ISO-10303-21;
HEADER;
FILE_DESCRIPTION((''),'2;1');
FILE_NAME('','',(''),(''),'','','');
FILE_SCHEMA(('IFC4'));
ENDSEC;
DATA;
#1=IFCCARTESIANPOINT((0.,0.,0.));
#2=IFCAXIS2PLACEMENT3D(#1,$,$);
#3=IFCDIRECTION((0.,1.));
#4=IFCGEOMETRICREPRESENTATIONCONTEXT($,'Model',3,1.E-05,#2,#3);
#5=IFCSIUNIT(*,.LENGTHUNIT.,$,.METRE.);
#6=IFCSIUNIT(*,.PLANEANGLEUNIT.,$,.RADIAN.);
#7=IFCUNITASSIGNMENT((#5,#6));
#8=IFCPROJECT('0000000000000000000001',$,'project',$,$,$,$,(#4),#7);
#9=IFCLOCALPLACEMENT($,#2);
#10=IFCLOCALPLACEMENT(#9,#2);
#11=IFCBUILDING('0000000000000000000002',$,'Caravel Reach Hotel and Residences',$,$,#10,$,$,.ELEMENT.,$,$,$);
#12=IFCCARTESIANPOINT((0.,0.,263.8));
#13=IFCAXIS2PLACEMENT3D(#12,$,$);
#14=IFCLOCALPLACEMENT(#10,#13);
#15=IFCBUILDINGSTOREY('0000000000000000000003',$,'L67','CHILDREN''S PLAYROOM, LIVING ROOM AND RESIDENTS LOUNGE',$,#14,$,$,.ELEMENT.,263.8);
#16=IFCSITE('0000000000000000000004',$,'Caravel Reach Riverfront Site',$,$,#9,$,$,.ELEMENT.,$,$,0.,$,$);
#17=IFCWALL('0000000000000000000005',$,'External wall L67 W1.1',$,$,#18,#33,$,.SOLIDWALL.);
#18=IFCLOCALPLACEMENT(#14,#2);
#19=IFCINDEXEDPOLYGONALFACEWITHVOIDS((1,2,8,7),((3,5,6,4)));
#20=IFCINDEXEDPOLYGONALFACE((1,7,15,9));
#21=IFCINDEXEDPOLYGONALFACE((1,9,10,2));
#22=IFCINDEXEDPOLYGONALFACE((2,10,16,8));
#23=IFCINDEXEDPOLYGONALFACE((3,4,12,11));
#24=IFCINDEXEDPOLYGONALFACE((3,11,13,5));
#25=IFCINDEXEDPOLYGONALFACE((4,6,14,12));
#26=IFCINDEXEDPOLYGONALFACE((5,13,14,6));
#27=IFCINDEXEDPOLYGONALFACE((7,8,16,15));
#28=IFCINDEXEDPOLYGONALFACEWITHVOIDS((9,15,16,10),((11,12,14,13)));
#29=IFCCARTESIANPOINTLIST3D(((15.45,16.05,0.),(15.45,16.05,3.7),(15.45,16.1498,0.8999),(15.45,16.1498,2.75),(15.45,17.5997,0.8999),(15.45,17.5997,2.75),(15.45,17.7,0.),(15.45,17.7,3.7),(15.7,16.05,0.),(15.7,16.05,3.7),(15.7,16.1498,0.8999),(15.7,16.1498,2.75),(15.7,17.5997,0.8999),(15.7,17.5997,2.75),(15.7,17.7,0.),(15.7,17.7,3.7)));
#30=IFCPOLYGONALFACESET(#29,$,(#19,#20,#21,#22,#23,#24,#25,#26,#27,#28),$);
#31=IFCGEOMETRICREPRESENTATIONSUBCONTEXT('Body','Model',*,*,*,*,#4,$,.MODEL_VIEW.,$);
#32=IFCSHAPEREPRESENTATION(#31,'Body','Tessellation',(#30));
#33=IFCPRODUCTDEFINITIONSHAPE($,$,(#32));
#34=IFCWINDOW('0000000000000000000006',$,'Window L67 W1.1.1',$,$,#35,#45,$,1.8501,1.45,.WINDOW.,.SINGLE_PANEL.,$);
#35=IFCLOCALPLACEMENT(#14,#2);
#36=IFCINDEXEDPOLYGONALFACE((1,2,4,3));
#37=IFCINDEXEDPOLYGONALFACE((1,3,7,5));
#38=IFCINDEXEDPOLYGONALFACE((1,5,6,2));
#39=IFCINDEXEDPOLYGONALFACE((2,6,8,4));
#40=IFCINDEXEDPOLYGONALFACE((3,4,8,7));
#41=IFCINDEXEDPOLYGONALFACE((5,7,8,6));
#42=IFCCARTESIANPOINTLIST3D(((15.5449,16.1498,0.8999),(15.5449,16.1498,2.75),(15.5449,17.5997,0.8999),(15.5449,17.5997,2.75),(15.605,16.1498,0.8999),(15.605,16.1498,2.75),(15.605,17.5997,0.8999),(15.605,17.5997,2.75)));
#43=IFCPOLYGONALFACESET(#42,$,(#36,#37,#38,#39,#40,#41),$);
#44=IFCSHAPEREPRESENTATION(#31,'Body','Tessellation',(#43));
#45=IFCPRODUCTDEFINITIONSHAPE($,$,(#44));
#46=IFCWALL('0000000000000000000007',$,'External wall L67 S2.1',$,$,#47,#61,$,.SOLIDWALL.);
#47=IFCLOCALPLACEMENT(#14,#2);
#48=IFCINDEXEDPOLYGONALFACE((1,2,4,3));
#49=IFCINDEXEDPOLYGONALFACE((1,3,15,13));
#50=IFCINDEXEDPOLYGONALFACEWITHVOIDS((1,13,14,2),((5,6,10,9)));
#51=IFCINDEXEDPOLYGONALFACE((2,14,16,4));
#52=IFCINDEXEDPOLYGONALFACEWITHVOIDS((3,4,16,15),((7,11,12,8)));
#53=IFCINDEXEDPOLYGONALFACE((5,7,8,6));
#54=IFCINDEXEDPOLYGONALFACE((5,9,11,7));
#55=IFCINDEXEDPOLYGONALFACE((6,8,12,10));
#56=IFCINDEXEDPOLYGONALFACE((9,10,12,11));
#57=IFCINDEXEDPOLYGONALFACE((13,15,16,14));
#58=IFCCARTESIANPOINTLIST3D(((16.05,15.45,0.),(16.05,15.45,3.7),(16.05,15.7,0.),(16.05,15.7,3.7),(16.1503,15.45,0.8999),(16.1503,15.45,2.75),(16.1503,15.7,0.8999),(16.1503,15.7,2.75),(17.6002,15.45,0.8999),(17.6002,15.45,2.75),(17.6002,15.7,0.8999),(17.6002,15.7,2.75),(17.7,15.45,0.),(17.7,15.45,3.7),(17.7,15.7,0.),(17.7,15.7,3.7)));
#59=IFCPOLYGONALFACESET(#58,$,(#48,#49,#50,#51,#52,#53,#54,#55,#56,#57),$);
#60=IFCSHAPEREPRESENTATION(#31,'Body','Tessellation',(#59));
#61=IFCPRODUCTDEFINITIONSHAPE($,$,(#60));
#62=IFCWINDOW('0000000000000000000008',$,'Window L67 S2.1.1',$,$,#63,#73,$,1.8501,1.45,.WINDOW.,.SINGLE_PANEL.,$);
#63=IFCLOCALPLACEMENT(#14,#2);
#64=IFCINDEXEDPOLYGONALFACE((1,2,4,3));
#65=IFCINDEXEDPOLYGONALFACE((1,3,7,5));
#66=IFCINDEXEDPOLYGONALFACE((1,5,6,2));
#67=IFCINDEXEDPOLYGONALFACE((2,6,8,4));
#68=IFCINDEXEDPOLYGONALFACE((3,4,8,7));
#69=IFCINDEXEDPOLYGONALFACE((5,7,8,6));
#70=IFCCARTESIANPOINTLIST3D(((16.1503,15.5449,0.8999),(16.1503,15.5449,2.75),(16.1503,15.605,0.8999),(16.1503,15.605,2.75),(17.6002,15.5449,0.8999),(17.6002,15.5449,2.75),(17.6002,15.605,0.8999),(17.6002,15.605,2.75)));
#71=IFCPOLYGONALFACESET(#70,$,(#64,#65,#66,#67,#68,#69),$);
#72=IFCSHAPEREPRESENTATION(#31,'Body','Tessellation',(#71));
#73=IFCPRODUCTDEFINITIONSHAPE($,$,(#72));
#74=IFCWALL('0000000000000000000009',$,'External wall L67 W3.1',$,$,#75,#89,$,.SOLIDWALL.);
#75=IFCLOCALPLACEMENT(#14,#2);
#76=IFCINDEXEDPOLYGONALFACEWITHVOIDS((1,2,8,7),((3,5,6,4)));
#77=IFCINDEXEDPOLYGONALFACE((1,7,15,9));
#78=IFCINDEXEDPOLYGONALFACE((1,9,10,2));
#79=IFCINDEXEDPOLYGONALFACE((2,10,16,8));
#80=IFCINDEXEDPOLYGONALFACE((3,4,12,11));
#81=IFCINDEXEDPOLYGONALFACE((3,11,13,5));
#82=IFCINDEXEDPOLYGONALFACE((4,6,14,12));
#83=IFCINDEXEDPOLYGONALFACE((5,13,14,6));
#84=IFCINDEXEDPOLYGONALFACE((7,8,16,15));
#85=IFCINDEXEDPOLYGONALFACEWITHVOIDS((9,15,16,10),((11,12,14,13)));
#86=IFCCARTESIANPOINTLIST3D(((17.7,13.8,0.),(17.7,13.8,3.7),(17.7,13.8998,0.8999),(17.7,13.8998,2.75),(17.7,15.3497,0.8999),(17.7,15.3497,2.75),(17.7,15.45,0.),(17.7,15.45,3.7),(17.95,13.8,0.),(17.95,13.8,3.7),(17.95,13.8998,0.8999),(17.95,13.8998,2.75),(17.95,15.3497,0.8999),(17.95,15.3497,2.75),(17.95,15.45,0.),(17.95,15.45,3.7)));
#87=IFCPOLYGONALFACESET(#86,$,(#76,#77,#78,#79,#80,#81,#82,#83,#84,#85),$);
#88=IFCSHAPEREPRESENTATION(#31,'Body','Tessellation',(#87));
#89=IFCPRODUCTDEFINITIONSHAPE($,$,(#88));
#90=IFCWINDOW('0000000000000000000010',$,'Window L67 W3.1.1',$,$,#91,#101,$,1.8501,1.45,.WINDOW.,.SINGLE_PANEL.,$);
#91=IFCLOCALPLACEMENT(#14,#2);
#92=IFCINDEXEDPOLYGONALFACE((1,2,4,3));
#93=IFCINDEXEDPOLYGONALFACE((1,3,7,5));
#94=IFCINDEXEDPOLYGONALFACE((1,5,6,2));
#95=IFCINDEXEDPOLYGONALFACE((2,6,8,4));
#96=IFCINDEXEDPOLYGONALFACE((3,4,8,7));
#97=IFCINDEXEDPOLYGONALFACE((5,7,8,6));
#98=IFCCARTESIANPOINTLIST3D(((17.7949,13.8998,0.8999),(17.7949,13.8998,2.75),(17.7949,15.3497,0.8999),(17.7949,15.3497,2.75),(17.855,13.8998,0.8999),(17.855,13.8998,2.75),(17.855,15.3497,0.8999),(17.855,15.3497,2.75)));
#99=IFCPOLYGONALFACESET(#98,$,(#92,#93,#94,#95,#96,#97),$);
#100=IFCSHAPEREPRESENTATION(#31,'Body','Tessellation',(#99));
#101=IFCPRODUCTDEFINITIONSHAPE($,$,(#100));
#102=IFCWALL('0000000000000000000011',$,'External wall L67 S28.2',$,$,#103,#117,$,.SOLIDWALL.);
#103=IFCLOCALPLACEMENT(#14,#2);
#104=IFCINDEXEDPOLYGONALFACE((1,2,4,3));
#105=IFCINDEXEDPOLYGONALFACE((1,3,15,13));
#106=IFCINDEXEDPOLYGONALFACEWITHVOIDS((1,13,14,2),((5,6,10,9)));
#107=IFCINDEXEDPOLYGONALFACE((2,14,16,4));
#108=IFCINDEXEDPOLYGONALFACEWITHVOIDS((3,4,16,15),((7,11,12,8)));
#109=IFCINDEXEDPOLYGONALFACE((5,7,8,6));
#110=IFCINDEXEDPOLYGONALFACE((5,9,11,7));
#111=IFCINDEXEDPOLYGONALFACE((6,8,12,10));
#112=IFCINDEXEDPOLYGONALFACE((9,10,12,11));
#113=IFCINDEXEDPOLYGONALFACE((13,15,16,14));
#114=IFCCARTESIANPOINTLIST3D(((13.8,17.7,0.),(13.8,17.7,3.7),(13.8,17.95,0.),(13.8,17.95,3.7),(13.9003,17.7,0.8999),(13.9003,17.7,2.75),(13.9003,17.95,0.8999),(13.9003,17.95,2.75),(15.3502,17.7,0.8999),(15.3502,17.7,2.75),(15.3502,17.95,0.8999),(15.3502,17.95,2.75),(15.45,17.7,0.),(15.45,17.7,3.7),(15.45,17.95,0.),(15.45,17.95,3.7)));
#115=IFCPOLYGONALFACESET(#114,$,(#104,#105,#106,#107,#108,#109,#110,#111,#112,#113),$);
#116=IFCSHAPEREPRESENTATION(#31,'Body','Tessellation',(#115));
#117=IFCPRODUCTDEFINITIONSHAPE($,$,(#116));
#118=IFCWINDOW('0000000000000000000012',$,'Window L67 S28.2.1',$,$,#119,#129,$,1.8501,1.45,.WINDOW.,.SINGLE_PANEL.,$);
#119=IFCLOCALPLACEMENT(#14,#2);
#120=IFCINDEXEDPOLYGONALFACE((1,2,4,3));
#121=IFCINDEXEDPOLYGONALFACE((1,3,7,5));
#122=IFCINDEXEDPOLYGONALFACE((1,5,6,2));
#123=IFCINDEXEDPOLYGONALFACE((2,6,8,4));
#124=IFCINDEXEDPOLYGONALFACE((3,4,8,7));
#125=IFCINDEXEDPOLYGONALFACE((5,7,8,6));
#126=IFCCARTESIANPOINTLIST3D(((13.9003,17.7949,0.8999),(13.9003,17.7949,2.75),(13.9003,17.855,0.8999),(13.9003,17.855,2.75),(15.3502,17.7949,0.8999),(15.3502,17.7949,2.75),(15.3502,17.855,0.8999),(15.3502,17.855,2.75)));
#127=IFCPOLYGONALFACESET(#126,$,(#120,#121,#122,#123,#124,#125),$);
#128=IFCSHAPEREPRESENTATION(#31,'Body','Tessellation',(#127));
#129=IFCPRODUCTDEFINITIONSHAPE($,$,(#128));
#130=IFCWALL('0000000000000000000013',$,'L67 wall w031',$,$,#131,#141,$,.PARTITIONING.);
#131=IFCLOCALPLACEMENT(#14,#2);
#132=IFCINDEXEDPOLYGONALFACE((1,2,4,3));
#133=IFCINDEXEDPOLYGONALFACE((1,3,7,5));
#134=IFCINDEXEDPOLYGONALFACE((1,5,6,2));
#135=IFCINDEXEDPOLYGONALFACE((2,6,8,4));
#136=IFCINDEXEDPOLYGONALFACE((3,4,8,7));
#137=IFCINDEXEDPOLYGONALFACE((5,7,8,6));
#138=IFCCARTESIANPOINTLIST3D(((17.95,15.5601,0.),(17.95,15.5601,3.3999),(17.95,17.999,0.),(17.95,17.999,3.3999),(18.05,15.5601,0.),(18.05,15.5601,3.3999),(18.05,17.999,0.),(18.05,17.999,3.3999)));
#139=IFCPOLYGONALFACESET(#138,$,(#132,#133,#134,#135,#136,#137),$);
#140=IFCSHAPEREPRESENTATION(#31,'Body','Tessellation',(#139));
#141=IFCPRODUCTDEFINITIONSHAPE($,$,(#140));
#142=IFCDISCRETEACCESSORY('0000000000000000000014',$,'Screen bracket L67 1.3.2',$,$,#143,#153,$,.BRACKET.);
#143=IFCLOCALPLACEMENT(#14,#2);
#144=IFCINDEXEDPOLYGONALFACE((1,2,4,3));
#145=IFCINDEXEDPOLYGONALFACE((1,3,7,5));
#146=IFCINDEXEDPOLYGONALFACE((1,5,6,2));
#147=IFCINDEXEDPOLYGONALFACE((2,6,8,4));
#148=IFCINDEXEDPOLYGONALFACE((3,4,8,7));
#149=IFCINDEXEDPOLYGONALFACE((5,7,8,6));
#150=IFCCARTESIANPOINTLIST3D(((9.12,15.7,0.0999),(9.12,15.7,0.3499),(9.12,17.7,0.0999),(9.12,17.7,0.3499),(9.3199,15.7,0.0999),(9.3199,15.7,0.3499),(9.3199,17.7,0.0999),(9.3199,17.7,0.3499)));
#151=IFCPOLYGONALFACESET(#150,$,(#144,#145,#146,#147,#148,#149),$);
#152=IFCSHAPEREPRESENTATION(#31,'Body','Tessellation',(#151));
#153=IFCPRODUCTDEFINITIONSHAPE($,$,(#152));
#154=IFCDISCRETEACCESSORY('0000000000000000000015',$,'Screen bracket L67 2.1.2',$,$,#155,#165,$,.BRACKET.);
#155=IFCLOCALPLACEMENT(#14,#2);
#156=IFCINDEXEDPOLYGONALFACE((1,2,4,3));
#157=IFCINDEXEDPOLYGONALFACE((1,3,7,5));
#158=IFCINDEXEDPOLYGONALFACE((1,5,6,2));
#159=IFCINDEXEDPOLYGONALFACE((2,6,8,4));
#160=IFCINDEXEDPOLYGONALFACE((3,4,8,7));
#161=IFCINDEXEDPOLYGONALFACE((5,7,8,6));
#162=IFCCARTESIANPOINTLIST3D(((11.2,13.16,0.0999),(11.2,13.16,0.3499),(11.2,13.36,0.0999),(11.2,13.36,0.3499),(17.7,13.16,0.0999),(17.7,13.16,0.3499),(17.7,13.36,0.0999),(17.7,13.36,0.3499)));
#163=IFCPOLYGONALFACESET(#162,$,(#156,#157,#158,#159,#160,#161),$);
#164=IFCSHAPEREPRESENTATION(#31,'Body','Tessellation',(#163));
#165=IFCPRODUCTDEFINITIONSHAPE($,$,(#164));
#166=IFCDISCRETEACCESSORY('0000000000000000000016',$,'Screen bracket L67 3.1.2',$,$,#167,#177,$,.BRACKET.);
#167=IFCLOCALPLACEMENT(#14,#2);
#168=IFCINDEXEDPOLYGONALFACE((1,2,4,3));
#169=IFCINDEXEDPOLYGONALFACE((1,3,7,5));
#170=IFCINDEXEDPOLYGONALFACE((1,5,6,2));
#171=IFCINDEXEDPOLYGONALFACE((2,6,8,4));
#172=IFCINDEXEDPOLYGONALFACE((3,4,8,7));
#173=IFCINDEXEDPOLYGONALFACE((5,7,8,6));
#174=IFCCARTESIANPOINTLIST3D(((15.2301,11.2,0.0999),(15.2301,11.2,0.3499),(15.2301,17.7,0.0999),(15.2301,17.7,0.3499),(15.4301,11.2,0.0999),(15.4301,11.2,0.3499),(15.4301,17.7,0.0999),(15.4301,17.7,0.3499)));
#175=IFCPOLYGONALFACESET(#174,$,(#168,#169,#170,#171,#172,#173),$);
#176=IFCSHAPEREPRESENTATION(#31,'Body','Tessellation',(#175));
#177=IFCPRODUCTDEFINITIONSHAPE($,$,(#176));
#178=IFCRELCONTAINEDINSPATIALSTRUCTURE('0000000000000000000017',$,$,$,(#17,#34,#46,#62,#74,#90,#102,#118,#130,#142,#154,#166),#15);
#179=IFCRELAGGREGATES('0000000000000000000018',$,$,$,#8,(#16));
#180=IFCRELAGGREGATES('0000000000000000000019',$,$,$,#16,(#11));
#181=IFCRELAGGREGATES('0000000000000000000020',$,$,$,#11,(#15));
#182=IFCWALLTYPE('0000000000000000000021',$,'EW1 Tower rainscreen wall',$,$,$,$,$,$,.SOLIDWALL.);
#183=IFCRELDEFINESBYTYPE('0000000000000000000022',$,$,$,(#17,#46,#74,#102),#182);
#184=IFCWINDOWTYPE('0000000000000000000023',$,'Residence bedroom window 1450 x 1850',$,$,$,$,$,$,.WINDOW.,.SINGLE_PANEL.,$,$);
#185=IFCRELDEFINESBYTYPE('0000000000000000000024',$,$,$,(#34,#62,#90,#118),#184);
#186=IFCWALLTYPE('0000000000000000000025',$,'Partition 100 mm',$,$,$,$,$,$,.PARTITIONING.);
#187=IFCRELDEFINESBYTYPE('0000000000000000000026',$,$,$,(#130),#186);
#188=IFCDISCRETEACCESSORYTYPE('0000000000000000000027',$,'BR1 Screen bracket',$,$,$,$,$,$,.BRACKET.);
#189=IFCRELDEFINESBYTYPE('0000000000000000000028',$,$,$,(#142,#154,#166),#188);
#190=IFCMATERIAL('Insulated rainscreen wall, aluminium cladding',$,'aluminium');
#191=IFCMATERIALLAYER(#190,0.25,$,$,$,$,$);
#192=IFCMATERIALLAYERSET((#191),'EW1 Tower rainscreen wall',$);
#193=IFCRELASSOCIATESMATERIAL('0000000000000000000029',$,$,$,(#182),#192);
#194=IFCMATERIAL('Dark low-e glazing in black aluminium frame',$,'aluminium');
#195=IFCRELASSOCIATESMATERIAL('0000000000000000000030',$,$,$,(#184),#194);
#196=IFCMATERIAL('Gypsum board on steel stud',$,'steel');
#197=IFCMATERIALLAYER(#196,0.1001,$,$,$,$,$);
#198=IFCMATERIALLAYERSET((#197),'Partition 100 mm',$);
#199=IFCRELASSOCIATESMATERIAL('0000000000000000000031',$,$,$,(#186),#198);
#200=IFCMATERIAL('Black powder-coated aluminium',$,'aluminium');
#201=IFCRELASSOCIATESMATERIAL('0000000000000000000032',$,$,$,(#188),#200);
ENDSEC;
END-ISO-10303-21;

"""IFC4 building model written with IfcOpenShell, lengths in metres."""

from ifc_helpers import new_model, si_unit, direction, frame, frame_2d, origin, origin_2d, place, context, subcontext, project, spatial, rectangle, extrude, material, layer, layer_set, type_object, element, fill, save


model = new_model("IFC4")

# Units and contexts
model_context = context("Model", 3, precision=1e-05, world=origin(), true_north=direction((0.0, 1.0)))
body_context = subcontext(model_context, "Body", "Model", "MODEL_VIEW")
ifc_project = project(units=[si_unit("LENGTHUNIT", "METRE"), si_unit("PLANEANGLEUNIT", "RADIAN")], contexts=[model_context])

# Site, building, storey
site_placement = place(None, origin())
site = spatial("IfcSite", under=ifc_project, at=site_placement, Name="Caravel Reach Riverfront Site", CompositionType="ELEMENT", RefElevation=0.0)
building_placement = place(site_placement, origin())
building = spatial("IfcBuilding", under=site, at=building_placement, Name="Caravel Reach Hotel and Residences", CompositionType="ELEMENT")
storey_placement = place(building_placement, frame((0.0, 0.0, 263.8)))
storey = spatial("IfcBuildingStorey", under=building, at=storey_placement, Name="L67", Description="CHILDREN'S PLAYROOM, LIVING ROOM AND RESIDENTS LOUNGE", CompositionType="ELEMENT", Elevation=263.8)

# Walls, openings, windows
ifc_material_1 = material(Name="Insulated rainscreen wall, aluminium cladding", Category="aluminium")
ifc_layer_1 = layer(ifc_material_1, 0.25)
ifc_layer_set_1 = layer_set([ifc_layer_1], Name="EW1 Tower rainscreen wall")
wall_type_1 = type_object("IfcWallType", Name="EW1 Tower rainscreen wall", PredefinedType="SOLIDWALL", material=ifc_layer_set_1)
wall_1_placement = place(storey_placement, frame((15.575, 17.7, 0.0), z_axis=(0.0, 0.0, 1.0), x_axis=(0.0, -1.0, 0.0)))
wall_1 = element("IfcWall", 1, at=wall_1_placement, inside=storey, type_object=wall_type_1, Name="External wall L67 W1.1", PredefinedType="SOLIDWALL", context=body_context, shape_type="SweptSolid", body=[
    extrude(rectangle(XDim=1.6499, YDim=0.25, at=frame_2d((0.825, 0.0))), origin(), (0.0, 0.0, 1.0), 3.7),
])
opening_1_placement = place(wall_1_placement, frame((0.1001, 0.0, 0.8999)))
opening_1 = element("IfcOpeningElement", 2, at=opening_1_placement, cuts=wall_1, PredefinedType="OPENING", context=body_context, shape_type="SweptSolid", body=[
    extrude(rectangle(XDim=1.45, YDim=1.8501, at=frame_2d((0.7251, 0.925))), frame((0.0, 0.135, 0.0), z_axis=(0.0, -1.0, 0.0), x_axis=(1.0, 0.0, 0.0)), (0.0, 0.0, 1.0), 0.27),
])
ifc_material_2 = material(Name="Dark low-e glazing in black aluminium frame", Category="aluminium")
window_type = type_object("IfcWindowType", Name="Residence bedroom window 1450 x 1850", PartitioningType="SINGLE_PANEL", PredefinedType="WINDOW", material=ifc_material_2)
window_1_placement = place(opening_1_placement, origin())
window_1 = element("IfcWindow", 3, at=window_1_placement, inside=storey, type_object=window_type, Name="Window L67 W1.1.1", OverallHeight=1.8501, OverallWidth=1.45, PartitioningType="SINGLE_PANEL", PredefinedType="WINDOW", context=body_context, shape_type="SweptSolid", body=[
    extrude(rectangle(XDim=1.45, YDim=1.8501, at=frame_2d((0.7251, 0.925))), frame((0.0, 0.03, 0.0), z_axis=(0.0, -1.0, 0.0), x_axis=(1.0, 0.0, 0.0)), (0.0, 0.0, 1.0), 0.0601),
])
fill(opening_1, window_1)
wall_2_placement = place(storey_placement, frame((16.05, 15.575, 0.0), z_axis=(0.0, 0.0, 1.0), x_axis=(1.0, 0.0, 0.0)))
wall_2 = element("IfcWall", 4, at=wall_2_placement, inside=storey, type_object=wall_type_1, Name="External wall L67 S2.1", PredefinedType="SOLIDWALL", context=body_context, shape_type="SweptSolid", body=[
    extrude(rectangle(XDim=1.6499, YDim=0.25, at=frame_2d((0.825, 0.0))), origin(), (0.0, 0.0, 1.0), 3.7),
])
opening_2_placement = place(wall_2_placement, frame((0.1001, 0.0, 0.8999)))
opening_2 = element("IfcOpeningElement", 5, at=opening_2_placement, cuts=wall_2, PredefinedType="OPENING", context=body_context, shape_type="SweptSolid", body=[
    extrude(rectangle(XDim=1.45, YDim=1.8501, at=frame_2d((0.7251, 0.925))), frame((0.0, 0.135, 0.0), z_axis=(0.0, -1.0, 0.0), x_axis=(1.0, 0.0, 0.0)), (0.0, 0.0, 1.0), 0.27),
])
window_2_placement = place(opening_2_placement, origin())
window_2 = element("IfcWindow", 6, at=window_2_placement, inside=storey, type_object=window_type, Name="Window L67 S2.1.1", OverallHeight=1.8501, OverallWidth=1.45, PartitioningType="SINGLE_PANEL", PredefinedType="WINDOW", context=body_context, shape_type="SweptSolid", body=[
    extrude(rectangle(XDim=1.45, YDim=1.8501, at=frame_2d((0.7251, 0.925))), frame((0.0, 0.03, 0.0), z_axis=(0.0, -1.0, 0.0), x_axis=(1.0, 0.0, 0.0)), (0.0, 0.0, 1.0), 0.0601),
])
fill(opening_2, window_2)
wall_3_placement = place(storey_placement, frame((17.825, 15.45, 0.0), z_axis=(0.0, 0.0, 1.0), x_axis=(0.0, -1.0, 0.0)))
wall_3 = element("IfcWall", 7, at=wall_3_placement, inside=storey, type_object=wall_type_1, Name="External wall L67 W3.1", PredefinedType="SOLIDWALL", context=body_context, shape_type="SweptSolid", body=[
    extrude(rectangle(XDim=1.6499, YDim=0.25, at=frame_2d((0.825, 0.0))), origin(), (0.0, 0.0, 1.0), 3.7),
])
opening_3_placement = place(wall_3_placement, frame((0.1001, 0.0, 0.8999)))
opening_3 = element("IfcOpeningElement", 8, at=opening_3_placement, cuts=wall_3, PredefinedType="OPENING", context=body_context, shape_type="SweptSolid", body=[
    extrude(rectangle(XDim=1.45, YDim=1.8501, at=frame_2d((0.7251, 0.925))), frame((0.0, 0.135, 0.0), z_axis=(0.0, -1.0, 0.0), x_axis=(1.0, 0.0, 0.0)), (0.0, 0.0, 1.0), 0.27),
])
window_3_placement = place(opening_3_placement, origin())
window_3 = element("IfcWindow", 9, at=window_3_placement, inside=storey, type_object=window_type, Name="Window L67 W3.1.1", OverallHeight=1.8501, OverallWidth=1.45, PartitioningType="SINGLE_PANEL", PredefinedType="WINDOW", context=body_context, shape_type="SweptSolid", body=[
    extrude(rectangle(XDim=1.45, YDim=1.8501, at=frame_2d((0.7251, 0.925))), frame((0.0, 0.03, 0.0), z_axis=(0.0, -1.0, 0.0), x_axis=(1.0, 0.0, 0.0)), (0.0, 0.0, 1.0), 0.0601),
])
fill(opening_3, window_3)
wall_4_placement = place(storey_placement, frame((13.8, 17.825, 0.0), z_axis=(0.0, 0.0, 1.0), x_axis=(1.0, 0.0, 0.0)))
wall_4 = element("IfcWall", 10, at=wall_4_placement, inside=storey, type_object=wall_type_1, Name="External wall L67 S28.2", PredefinedType="SOLIDWALL", context=body_context, shape_type="SweptSolid", body=[
    extrude(rectangle(XDim=1.6499, YDim=0.25, at=frame_2d((0.825, 0.0))), origin(), (0.0, 0.0, 1.0), 3.7),
])
opening_4_placement = place(wall_4_placement, frame((0.1001, 0.0, 0.8999)))
opening_4 = element("IfcOpeningElement", 11, at=opening_4_placement, cuts=wall_4, PredefinedType="OPENING", context=body_context, shape_type="SweptSolid", body=[
    extrude(rectangle(XDim=1.45, YDim=1.8501, at=frame_2d((0.7251, 0.925))), frame((0.0, 0.135, 0.0), z_axis=(0.0, -1.0, 0.0), x_axis=(1.0, 0.0, 0.0)), (0.0, 0.0, 1.0), 0.27),
])
window_4_placement = place(opening_4_placement, origin())
window_4 = element("IfcWindow", 12, at=window_4_placement, inside=storey, type_object=window_type, Name="Window L67 S28.2.1", OverallHeight=1.8501, OverallWidth=1.45, PartitioningType="SINGLE_PANEL", PredefinedType="WINDOW", context=body_context, shape_type="SweptSolid", body=[
    extrude(rectangle(XDim=1.45, YDim=1.8501, at=frame_2d((0.7251, 0.925))), frame((0.0, 0.03, 0.0), z_axis=(0.0, -1.0, 0.0), x_axis=(1.0, 0.0, 0.0)), (0.0, 0.0, 1.0), 0.0601),
])
fill(opening_4, window_4)

# Wall
ifc_material_3 = material(Name="Gypsum board on steel stud", Category="steel")
ifc_layer_2 = layer(ifc_material_3, 0.1001)
ifc_layer_set_2 = layer_set([ifc_layer_2], Name="Partition 100 mm")
wall_type_2 = type_object("IfcWallType", Name="Partition 100 mm", PredefinedType="PARTITIONING", material=ifc_layer_set_2)
wall_5_placement = place(storey_placement, frame((18.0, 15.5601, 0.0), z_axis=(0.0, 0.0, 1.0), x_axis=(0.0, 1.0, 0.0)))
element("IfcWall", 13, at=wall_5_placement, inside=storey, type_object=wall_type_2, Name="L67 wall w031", PredefinedType="PARTITIONING", context=body_context, shape_type="SweptSolid", body=[
    extrude(rectangle(XDim=2.439, YDim=0.1001, at=frame_2d((1.2195, 0.0))), origin(), (0.0, 0.0, 1.0), 3.3999),
])

# Discrete accessories
ifc_material_4 = material(Name="Black powder-coated aluminium", Category="aluminium")
discrete_accessory_type = type_object("IfcDiscreteAccessoryType", Name="BR1 Screen bracket", PredefinedType="BRACKET", material=ifc_material_4)
discrete_accessory_placement = place(storey_placement, frame((9.22, 16.7, 0.0999), z_axis=(0.0, 0.0, 1.0), x_axis=(0.0, -1.0, 0.0)))
element("IfcDiscreteAccessory", 14, at=discrete_accessory_placement, inside=storey, type_object=discrete_accessory_type, Name="Screen bracket L67 1.3.2", PredefinedType="BRACKET", context=body_context, shape_type="SweptSolid", body=[
    extrude(rectangle(XDim=2.0, YDim=0.2, at=origin_2d()), origin(), (0.0, 0.0, 1.0), 0.25),
])
for number, where, z_axis, x_axis, name in (
    (15, (14.45, 13.26, 0.0999), (0.0, 0.0, 1.0), (-1.0, 0.0, 0.0), "Screen bracket L67 2.1.2"),
    (16, (15.3301, 14.45, 0.0999), (0.0, 0.0, 1.0), (0.0, -1.0, 0.0), "Screen bracket L67 3.1.2"),
):
    element("IfcDiscreteAccessory", number, at=place(storey_placement, frame(where, z_axis=z_axis, x_axis=x_axis)), inside=storey, type_object=discrete_accessory_type, Name=name, PredefinedType="BRACKET", context=body_context, shape_type="SweptSolid", body=[
        extrude(rectangle(XDim=6.5, YDim=0.2, at=origin_2d()), origin(), (0.0, 0.0, 1.0), 0.25),
    ])

save(model, "model.ifc")
